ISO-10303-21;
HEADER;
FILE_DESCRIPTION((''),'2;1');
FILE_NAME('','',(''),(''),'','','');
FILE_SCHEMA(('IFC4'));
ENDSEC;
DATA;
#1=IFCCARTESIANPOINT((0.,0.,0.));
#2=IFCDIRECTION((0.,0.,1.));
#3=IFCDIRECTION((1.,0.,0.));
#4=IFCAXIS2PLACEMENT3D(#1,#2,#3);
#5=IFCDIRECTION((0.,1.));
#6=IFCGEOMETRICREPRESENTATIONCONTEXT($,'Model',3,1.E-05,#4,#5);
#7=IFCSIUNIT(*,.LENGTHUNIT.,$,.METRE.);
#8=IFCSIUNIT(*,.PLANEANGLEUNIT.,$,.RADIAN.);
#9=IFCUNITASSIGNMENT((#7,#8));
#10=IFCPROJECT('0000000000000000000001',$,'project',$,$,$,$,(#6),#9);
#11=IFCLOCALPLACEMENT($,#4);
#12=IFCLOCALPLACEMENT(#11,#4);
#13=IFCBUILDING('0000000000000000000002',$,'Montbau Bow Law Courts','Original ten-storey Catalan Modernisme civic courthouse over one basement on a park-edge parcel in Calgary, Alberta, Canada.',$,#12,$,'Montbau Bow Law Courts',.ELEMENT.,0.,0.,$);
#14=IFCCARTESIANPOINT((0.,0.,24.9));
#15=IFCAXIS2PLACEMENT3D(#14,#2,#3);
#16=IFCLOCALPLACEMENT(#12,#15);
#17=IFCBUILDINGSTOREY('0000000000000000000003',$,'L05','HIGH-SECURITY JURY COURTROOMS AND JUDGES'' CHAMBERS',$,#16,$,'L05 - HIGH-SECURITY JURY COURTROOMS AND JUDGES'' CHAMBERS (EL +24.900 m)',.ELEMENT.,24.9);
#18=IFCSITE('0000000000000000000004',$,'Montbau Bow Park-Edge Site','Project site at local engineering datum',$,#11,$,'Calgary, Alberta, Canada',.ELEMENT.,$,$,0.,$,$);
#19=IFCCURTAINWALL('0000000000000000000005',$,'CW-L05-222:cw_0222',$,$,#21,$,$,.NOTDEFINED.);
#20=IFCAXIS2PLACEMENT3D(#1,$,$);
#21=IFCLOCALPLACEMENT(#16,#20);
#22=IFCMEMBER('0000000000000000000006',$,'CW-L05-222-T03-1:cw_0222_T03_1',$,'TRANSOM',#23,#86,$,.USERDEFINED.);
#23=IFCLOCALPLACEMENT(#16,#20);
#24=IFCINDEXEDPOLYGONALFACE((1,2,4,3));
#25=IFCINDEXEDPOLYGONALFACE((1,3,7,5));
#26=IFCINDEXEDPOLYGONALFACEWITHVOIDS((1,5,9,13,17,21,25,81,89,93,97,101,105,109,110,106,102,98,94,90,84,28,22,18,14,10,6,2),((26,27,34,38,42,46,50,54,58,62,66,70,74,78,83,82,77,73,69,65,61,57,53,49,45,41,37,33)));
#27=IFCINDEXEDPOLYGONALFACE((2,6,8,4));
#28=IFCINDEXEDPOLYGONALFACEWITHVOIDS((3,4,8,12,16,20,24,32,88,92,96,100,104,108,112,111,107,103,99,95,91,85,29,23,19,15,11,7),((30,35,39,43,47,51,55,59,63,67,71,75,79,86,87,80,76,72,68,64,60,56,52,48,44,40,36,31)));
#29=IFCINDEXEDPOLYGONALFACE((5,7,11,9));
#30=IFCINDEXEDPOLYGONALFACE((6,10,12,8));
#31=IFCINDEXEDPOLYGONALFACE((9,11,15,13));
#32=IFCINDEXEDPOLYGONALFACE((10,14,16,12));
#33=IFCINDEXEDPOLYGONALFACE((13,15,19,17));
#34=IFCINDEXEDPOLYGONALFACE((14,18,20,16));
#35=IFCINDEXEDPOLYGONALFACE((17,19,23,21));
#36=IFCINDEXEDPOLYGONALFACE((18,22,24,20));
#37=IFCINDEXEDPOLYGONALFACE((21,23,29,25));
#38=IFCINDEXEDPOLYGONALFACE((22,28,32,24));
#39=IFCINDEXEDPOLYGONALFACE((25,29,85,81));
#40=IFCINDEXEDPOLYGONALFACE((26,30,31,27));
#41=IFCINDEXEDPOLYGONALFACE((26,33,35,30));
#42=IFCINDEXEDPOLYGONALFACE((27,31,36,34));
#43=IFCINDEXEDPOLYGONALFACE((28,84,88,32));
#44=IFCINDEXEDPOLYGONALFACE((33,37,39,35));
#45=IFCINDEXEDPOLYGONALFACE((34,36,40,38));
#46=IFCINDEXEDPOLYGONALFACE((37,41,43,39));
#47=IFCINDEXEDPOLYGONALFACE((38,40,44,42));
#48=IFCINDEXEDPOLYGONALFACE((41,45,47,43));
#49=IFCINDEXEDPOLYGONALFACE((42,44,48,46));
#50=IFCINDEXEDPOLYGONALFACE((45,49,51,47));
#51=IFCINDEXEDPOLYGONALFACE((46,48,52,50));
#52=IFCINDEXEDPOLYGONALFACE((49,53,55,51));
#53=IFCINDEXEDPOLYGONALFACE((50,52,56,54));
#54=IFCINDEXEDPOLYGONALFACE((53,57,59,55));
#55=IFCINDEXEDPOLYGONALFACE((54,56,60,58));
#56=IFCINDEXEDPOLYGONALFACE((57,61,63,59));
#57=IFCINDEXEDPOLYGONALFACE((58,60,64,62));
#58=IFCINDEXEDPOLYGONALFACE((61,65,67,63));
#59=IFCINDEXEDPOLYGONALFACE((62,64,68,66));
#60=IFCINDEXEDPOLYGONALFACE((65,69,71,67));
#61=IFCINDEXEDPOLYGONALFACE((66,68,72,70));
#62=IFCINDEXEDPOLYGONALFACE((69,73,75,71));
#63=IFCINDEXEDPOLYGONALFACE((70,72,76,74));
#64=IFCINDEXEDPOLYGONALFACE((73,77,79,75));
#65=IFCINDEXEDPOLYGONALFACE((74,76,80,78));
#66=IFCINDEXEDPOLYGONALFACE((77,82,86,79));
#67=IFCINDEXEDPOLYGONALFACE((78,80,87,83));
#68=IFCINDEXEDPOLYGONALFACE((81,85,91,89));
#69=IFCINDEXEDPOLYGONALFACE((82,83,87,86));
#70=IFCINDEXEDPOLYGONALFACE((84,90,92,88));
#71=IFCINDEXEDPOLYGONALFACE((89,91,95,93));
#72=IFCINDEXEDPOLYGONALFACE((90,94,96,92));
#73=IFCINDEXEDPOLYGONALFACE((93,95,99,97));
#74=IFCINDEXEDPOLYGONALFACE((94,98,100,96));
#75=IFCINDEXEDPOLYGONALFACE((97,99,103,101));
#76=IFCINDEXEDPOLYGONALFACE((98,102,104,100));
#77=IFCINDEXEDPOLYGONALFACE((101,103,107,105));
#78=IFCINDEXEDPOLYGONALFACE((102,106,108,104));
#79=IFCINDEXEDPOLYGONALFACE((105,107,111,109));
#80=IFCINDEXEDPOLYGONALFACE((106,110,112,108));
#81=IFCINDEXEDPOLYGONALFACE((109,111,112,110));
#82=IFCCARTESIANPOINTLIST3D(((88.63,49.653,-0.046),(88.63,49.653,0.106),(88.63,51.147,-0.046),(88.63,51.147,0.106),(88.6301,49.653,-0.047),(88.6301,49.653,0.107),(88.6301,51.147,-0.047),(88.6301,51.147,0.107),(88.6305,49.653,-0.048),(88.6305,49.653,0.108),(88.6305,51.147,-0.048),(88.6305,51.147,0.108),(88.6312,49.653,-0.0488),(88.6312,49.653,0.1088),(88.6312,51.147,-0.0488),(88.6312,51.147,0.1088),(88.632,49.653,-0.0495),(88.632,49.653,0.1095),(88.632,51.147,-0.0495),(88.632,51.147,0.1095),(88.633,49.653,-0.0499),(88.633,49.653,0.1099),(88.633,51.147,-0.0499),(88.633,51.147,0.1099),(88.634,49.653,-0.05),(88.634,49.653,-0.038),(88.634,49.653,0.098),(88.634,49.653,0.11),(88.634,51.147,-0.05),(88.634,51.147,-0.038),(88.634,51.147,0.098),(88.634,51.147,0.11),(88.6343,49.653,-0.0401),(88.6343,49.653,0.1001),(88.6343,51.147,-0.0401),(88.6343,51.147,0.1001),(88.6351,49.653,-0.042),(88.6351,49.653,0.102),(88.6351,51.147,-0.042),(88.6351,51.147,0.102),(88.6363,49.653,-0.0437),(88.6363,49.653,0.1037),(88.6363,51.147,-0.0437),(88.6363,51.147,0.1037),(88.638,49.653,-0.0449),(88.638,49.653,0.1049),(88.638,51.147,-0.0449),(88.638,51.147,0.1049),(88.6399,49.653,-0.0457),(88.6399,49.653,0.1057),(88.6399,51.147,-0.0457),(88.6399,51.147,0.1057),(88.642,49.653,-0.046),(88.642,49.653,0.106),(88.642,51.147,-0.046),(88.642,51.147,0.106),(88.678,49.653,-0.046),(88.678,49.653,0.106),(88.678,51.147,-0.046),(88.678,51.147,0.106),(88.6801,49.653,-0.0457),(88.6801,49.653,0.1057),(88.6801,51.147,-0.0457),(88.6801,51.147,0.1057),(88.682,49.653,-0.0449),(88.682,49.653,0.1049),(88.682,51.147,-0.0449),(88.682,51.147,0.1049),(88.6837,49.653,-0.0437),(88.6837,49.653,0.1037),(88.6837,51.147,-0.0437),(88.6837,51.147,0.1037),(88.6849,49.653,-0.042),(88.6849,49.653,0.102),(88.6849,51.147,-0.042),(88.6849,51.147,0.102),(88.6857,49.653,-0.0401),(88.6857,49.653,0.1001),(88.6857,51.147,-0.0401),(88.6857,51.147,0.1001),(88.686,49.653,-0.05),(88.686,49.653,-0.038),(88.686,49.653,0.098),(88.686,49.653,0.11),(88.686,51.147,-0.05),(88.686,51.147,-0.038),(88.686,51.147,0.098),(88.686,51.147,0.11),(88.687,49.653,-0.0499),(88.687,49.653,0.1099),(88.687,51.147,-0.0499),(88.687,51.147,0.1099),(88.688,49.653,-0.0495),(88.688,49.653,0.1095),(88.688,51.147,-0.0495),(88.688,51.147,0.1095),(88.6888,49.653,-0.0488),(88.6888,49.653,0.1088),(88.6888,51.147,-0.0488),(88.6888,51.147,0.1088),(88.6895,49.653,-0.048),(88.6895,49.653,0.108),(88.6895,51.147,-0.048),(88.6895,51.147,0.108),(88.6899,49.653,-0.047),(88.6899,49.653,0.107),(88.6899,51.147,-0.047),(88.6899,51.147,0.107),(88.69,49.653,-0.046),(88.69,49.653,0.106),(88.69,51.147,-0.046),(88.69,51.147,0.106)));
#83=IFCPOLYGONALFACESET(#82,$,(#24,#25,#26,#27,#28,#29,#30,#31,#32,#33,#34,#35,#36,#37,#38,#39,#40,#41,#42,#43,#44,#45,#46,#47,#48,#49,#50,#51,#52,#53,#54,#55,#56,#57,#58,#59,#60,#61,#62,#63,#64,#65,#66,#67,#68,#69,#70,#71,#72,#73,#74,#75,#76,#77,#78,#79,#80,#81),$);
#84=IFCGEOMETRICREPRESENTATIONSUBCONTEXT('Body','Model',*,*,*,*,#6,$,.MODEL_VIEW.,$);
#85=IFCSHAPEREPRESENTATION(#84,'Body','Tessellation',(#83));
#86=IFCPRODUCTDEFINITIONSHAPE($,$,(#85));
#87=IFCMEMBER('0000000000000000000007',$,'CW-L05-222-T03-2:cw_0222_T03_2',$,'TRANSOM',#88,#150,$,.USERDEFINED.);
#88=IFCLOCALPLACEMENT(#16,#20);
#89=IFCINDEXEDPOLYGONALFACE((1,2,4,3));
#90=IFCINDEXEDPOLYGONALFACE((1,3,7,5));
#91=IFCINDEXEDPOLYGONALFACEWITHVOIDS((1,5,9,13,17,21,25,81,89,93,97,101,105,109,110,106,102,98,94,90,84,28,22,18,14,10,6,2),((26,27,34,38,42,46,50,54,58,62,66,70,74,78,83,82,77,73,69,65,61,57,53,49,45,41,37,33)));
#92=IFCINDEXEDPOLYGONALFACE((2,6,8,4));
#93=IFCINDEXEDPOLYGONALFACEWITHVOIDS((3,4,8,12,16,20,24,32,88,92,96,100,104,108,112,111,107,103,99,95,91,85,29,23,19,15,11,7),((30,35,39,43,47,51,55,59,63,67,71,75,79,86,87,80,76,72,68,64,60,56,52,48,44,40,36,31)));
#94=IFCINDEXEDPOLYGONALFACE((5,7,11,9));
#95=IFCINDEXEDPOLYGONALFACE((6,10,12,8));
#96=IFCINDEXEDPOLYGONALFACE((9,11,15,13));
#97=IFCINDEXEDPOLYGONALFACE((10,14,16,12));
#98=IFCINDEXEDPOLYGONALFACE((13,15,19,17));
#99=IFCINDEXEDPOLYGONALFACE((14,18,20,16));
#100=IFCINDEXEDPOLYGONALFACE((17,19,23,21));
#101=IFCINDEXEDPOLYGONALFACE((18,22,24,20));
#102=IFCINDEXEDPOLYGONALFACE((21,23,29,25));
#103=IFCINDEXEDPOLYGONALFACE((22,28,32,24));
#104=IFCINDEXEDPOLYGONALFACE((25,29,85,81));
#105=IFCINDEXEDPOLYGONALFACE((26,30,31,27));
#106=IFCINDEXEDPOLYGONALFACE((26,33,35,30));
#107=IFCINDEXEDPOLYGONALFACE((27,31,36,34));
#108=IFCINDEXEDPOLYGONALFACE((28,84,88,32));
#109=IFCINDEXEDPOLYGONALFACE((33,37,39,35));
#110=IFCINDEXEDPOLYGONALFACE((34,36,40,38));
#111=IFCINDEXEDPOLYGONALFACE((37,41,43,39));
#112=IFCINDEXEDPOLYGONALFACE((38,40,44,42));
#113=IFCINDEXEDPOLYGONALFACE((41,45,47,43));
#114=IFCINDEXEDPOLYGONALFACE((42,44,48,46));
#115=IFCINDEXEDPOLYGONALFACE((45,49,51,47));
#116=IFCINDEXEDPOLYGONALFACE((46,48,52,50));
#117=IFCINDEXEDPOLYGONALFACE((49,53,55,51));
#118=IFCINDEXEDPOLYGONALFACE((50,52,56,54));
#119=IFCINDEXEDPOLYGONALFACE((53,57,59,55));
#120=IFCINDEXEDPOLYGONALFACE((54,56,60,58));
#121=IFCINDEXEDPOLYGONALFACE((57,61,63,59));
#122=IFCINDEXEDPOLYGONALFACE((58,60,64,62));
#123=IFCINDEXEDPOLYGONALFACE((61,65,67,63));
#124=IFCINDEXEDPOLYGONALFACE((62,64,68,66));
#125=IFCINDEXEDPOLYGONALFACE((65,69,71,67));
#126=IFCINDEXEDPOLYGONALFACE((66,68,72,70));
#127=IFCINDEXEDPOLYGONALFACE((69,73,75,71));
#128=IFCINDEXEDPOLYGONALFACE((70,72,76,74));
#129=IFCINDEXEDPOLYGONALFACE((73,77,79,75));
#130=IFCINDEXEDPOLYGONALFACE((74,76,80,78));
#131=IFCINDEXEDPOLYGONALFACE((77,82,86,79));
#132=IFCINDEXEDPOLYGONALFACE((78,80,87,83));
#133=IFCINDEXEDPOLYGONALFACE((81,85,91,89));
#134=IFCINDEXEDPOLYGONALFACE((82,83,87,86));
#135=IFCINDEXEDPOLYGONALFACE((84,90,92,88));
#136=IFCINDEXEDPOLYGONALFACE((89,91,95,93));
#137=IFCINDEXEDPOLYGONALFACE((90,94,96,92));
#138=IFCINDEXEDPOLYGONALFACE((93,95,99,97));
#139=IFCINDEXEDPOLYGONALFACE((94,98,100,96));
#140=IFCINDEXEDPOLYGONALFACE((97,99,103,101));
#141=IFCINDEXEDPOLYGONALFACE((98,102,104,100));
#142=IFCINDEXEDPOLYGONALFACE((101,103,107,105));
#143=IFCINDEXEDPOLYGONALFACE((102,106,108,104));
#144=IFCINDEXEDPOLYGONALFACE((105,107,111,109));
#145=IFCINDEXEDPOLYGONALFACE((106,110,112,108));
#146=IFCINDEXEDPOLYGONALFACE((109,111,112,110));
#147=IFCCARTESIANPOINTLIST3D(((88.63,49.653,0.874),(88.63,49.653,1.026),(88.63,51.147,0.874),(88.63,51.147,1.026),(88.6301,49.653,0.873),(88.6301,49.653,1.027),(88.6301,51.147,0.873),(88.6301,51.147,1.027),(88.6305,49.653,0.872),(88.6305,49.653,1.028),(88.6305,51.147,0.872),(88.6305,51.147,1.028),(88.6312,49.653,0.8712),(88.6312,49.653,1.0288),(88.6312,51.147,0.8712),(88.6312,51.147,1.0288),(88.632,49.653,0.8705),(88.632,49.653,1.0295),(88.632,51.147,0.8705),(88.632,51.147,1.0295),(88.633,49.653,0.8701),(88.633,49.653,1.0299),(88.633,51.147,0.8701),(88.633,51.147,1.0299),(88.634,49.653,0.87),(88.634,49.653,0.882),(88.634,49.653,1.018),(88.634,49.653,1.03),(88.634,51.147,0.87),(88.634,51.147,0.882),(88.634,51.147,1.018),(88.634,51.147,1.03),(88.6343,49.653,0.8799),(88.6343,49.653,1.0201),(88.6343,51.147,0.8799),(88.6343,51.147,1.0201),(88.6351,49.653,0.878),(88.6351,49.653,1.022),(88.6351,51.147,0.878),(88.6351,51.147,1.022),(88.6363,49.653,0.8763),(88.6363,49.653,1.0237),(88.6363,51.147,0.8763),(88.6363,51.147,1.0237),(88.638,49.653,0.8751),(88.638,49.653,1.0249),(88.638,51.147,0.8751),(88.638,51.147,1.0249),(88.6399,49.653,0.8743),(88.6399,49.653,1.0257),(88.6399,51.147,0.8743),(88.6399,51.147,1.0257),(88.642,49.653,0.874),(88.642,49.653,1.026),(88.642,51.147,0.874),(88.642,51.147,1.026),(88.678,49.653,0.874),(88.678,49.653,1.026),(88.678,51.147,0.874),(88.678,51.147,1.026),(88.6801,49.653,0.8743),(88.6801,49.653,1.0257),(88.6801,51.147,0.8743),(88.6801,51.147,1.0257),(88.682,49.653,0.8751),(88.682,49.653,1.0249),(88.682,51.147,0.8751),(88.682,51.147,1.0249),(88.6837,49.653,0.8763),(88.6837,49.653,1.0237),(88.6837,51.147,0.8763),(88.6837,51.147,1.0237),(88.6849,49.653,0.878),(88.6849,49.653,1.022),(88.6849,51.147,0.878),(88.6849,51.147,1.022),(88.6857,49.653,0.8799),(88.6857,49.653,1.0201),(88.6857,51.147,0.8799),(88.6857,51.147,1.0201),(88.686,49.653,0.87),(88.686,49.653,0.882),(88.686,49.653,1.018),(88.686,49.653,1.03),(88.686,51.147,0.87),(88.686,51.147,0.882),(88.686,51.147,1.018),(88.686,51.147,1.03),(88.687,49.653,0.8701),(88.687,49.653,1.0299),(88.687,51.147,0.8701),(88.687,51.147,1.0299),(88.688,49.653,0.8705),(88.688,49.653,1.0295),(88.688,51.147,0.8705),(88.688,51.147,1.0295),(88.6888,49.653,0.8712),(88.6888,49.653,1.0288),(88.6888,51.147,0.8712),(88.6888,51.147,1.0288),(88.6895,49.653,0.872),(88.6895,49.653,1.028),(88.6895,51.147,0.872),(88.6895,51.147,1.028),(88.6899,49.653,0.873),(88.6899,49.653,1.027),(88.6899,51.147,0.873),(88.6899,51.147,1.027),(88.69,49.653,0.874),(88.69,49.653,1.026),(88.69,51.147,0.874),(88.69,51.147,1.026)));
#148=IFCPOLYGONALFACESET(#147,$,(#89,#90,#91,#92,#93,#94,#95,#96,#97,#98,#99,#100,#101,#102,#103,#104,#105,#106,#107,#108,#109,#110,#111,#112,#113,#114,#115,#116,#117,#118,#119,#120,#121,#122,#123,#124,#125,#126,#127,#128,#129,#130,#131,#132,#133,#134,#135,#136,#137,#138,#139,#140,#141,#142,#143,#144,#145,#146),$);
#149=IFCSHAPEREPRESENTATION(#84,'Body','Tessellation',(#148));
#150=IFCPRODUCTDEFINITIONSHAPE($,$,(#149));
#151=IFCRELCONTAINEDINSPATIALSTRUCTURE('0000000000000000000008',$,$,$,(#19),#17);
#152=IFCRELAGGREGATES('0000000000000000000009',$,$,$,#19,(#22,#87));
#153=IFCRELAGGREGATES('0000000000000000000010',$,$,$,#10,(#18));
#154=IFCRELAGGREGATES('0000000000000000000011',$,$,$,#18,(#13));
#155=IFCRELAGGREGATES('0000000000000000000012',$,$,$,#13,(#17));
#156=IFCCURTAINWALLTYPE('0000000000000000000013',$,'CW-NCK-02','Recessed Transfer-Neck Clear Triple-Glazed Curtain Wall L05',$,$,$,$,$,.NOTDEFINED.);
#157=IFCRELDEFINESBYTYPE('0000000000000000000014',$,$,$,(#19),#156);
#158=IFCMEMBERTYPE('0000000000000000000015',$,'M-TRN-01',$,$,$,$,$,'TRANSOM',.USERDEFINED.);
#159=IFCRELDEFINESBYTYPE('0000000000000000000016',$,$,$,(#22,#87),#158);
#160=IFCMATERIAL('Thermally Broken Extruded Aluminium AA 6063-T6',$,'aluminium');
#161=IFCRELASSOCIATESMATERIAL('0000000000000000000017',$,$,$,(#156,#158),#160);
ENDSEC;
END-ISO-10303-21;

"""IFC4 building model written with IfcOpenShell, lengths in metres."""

from ifc_helpers import new_model, si_unit, direction, frame, origin_with_axes, origin_2d_with_axis, place, context, subcontext, project, spatial, hollow_rectangle, extrude, material, material_profile, profile_set, type_object, element, aggregate, save


model = new_model("IFC4")

# Units and contexts
model_context = context("Model", 3, precision=1e-05, world=origin_with_axes(), true_north=direction((0.0, 1.0)))
body_context = subcontext(model_context, "Body", "Model", "MODEL_VIEW")
ifc_project = project(units=[si_unit("LENGTHUNIT", "METRE"), si_unit("PLANEANGLEUNIT", "RADIAN")], contexts=[model_context])

# Site, building, storey
site_placement = place(None, origin_with_axes())
site = spatial("IfcSite", under=ifc_project, at=site_placement, Name="Montbau Bow Park-Edge Site", Description="Project site at local engineering datum", LongName="Calgary, Alberta, Canada", CompositionType="ELEMENT", RefElevation=0.0)
building_placement = place(site_placement, origin_with_axes())
building = spatial("IfcBuilding", under=site, at=building_placement, Name="Montbau Bow Law Courts", Description="Original ten-storey Catalan Modernisme civic courthouse over one basement on a park-edge parcel in Calgary, Alberta, Canada.", LongName="Montbau Bow Law Courts", CompositionType="ELEMENT", ElevationOfRefHeight=0.0, ElevationOfTerrain=0.0)
storey_placement = place(building_placement, frame((0.0, 0.0, 24.9), z_axis=(0.0, 0.0, 1.0), x_axis=(1.0, 0.0, 0.0)))
storey = spatial("IfcBuildingStorey", under=building, at=storey_placement, Name="L05", Description="HIGH-SECURITY JURY COURTROOMS AND JUDGES' CHAMBERS", LongName="L05 - HIGH-SECURITY JURY COURTROOMS AND JUDGES' CHAMBERS (EL +24.900 m)", CompositionType="ELEMENT", Elevation=24.9)

# Curtain wall
ifc_material_1 = material(Name="Thermally Broken Extruded Aluminium AA 6063-T6", Category="aluminium")
curtain_wall_type = type_object("IfcCurtainWallType", Name="CW-NCK-02", Description="Recessed Transfer-Neck Clear Triple-Glazed Curtain Wall L05", PredefinedType="NOTDEFINED", material=ifc_material_1)
curtain_wall_1_placement = place(None, frame((88.66, 46.468, 24.9), z_axis=(0.0, 0.0, 1.0), x_axis=(1.0, 0.0, 0.0)))
curtain_wall_1 = element("IfcCurtainWall", 1, at=curtain_wall_1_placement, inside=storey, type_object=curtain_wall_type, Name="CW-L05-222:cw_0222", PredefinedType="NOTDEFINED")
ifc_material_profile_1 = material_profile(ifc_material_1, hollow_rectangle(XDim=0.06, YDim=0.16, WallThickness=0.004, InnerFilletRadius=0.008, OuterFilletRadius=0.004, at=origin_2d_with_axis()), Name="CWT-160X60", Category="Main", Priority=0)
ifc_profile_set_1 = profile_set([ifc_material_profile_1], Name="Thermally Broken Extruded Aluminium AA 6063-T6")
member_type_1 = type_object("IfcMemberType", Name="M-TRN-01", ElementType="TRANSOM", PredefinedType="USERDEFINED", material=ifc_profile_set_1)

# Members
member_1_placement = place(None, frame((88.66, 49.653, 24.93), z_axis=(0.0, 1.0, 0.0), x_axis=(-1.0, 0.0, 0.0)))
member_1 = element("IfcMember", 2, at=member_1_placement, type_object=member_type_1, Name="CW-L05-222-T03-1:cw_0222_T03_1", ObjectType="TRANSOM", PredefinedType="USERDEFINED", context=body_context, shape_type="SweptSolid", body=[
    extrude(hollow_rectangle(XDim=0.06, YDim=0.16, WallThickness=0.004, InnerFilletRadius=0.008, OuterFilletRadius=0.004, at=origin_2d_with_axis()), origin_with_axes(), (0.0, 0.0, 1.0), 1.494),
])
member_2_placement = place(None, frame((88.66, 49.653, 25.85), z_axis=(0.0, 1.0, 0.0), x_axis=(-1.0, 0.0, 0.0)))
member_2 = element("IfcMember", 3, at=member_2_placement, type_object=member_type_1, Name="CW-L05-222-T03-2:cw_0222_T03_2", ObjectType="TRANSOM", PredefinedType="USERDEFINED", context=body_context, shape_type="SweptSolid", body=[
    extrude(hollow_rectangle(XDim=0.06, YDim=0.16, WallThickness=0.004, InnerFilletRadius=0.008, OuterFilletRadius=0.004, at=origin_2d_with_axis()), origin_with_axes(), (0.0, 0.0, 1.0), 1.494),
])

aggregate(curtain_wall_1, [member_1, member_2])

save(model, "model.ifc")
